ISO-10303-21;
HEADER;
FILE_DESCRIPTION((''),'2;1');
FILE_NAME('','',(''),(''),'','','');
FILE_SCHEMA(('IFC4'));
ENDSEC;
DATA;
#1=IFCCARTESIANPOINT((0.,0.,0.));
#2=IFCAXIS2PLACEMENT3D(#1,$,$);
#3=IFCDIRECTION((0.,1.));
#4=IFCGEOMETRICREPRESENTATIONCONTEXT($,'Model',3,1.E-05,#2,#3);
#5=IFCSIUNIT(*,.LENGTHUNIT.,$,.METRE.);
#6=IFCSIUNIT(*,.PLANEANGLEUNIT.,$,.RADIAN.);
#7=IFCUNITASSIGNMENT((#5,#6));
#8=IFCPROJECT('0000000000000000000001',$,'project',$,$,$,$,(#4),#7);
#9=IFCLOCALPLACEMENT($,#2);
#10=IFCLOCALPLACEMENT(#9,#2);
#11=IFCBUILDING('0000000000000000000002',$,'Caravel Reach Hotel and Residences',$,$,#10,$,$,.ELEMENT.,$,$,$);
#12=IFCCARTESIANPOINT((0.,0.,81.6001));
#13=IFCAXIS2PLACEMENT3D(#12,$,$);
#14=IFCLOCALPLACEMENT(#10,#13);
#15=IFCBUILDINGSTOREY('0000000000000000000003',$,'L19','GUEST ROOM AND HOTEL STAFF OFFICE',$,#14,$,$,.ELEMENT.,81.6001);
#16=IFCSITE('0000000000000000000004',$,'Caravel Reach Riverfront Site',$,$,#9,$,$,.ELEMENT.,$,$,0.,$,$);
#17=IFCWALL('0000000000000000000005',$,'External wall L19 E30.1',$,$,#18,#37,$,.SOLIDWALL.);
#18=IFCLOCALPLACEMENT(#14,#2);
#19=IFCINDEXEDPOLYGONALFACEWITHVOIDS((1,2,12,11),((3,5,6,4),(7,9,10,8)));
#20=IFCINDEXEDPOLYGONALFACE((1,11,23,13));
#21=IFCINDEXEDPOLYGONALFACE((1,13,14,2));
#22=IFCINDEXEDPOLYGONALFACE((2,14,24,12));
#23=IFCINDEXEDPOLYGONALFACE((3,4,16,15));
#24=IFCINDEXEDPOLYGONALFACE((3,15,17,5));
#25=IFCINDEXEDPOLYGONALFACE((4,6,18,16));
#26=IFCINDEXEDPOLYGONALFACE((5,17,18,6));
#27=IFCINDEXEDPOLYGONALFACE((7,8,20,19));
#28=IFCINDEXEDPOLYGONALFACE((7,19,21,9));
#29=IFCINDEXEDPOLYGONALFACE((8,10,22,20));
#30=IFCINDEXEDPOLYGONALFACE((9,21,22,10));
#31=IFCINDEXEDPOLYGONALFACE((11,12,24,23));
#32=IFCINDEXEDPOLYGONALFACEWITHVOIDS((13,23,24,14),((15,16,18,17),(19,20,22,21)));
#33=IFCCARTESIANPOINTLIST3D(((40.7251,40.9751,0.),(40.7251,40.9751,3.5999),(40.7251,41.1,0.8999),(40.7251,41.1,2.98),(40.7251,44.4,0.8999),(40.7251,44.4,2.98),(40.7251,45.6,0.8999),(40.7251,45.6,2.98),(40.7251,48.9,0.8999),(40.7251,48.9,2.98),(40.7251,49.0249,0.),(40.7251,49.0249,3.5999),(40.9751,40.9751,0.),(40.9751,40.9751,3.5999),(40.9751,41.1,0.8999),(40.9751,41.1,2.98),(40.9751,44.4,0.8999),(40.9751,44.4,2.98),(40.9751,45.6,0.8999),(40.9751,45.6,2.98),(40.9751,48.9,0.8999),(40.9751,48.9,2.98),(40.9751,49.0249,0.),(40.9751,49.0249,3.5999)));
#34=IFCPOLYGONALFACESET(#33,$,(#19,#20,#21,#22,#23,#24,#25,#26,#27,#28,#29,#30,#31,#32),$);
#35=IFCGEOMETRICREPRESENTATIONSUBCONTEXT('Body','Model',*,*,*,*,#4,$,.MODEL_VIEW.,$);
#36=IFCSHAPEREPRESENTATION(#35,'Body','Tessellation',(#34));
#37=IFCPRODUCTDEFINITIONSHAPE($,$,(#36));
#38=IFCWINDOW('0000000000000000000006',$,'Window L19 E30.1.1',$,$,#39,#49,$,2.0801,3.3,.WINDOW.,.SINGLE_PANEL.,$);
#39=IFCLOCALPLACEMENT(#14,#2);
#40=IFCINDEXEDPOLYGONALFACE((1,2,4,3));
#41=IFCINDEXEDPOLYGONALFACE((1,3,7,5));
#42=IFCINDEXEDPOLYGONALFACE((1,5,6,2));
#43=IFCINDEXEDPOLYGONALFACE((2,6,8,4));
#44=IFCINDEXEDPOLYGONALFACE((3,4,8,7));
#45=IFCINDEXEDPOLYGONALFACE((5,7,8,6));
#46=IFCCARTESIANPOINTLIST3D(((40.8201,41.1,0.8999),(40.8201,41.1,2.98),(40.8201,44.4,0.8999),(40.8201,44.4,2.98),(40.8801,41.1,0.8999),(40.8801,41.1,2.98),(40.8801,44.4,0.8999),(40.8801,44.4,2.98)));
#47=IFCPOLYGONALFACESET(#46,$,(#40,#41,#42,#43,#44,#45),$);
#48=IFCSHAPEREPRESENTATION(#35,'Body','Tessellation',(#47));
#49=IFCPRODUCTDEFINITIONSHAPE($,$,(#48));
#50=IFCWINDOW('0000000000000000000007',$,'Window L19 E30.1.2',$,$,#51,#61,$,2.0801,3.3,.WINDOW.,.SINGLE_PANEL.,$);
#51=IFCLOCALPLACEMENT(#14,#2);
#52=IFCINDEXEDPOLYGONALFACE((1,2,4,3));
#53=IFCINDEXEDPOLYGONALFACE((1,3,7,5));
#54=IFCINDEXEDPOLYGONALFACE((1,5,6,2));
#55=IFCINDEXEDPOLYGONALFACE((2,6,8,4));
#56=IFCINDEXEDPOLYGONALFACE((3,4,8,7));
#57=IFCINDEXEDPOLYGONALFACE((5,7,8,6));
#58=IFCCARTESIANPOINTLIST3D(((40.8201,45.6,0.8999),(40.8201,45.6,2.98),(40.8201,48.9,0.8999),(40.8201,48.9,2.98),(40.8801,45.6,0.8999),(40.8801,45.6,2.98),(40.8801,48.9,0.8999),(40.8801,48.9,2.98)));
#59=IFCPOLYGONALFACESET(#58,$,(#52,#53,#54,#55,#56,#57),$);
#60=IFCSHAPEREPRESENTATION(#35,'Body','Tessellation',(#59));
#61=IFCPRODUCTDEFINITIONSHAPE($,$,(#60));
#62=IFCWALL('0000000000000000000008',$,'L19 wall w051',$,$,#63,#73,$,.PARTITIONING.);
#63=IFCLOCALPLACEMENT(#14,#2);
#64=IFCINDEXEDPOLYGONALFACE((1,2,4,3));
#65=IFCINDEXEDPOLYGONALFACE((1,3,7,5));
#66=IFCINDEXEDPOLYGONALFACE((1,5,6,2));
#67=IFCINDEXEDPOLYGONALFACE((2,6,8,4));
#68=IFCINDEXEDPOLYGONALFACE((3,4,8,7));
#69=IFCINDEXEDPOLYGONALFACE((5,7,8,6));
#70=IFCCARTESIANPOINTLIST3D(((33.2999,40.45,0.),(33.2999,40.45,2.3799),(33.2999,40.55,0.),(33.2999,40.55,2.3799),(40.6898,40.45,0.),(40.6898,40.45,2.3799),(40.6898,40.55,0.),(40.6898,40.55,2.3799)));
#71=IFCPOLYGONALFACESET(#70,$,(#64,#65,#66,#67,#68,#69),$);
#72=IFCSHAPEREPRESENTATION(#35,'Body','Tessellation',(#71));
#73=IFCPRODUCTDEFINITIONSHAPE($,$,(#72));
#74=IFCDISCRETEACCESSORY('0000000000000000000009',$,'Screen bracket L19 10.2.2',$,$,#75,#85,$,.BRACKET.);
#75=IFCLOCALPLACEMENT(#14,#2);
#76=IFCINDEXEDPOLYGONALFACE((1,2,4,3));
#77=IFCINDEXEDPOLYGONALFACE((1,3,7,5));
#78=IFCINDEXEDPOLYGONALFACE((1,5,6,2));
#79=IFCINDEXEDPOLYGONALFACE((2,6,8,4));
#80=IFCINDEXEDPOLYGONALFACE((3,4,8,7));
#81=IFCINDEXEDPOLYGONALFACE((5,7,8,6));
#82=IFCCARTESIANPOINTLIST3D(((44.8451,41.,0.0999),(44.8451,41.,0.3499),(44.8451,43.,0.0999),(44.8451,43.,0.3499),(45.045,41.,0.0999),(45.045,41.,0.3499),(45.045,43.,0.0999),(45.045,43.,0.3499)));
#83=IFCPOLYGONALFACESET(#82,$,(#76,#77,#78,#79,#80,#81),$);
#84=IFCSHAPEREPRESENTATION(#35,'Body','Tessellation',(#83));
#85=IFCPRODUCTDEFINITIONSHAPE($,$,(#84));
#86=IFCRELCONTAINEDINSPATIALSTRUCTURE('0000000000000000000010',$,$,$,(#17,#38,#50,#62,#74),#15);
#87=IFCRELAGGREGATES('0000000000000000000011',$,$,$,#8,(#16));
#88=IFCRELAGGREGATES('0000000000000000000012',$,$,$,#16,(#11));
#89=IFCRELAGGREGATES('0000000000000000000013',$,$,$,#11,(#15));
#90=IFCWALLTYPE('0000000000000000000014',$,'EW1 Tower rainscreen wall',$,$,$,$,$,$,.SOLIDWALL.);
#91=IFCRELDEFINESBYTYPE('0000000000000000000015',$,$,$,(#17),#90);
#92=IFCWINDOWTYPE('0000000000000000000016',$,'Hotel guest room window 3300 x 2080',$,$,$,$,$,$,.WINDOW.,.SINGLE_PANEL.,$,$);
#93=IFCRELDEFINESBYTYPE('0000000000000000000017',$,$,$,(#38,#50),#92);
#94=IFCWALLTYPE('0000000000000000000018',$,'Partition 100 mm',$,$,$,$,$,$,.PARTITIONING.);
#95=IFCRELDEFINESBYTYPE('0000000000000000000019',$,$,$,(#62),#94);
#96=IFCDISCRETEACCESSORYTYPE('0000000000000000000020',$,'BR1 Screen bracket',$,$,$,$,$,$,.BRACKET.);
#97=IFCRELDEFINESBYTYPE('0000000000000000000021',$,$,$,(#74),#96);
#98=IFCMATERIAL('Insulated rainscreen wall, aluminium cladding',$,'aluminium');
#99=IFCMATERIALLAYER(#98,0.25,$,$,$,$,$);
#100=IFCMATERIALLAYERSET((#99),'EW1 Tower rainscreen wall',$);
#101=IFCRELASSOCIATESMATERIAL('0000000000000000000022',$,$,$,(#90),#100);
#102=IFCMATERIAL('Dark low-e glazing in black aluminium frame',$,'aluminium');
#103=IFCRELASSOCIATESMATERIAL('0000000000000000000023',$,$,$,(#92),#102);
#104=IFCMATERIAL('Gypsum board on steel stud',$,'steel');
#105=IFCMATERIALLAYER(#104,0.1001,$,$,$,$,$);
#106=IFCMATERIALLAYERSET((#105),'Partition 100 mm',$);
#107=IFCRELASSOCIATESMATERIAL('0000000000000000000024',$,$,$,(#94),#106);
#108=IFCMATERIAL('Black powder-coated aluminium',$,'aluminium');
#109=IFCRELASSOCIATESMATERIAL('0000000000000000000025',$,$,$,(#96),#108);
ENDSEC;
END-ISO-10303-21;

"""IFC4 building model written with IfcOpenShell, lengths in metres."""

from ifc_helpers import new_model, si_unit, direction, frame, frame_2d, origin, origin_2d, place, context, subcontext, project, spatial, rectangle, extrude, material, layer, layer_set, type_object, element, fill, save


model = new_model("IFC4")

# Units and contexts
model_context = context("Model", 3, precision=1e-05, world=origin(), true_north=direction((0.0, 1.0)))
body_context = subcontext(model_context, "Body", "Model", "MODEL_VIEW")
ifc_project = project(units=[si_unit("LENGTHUNIT", "METRE"), si_unit("PLANEANGLEUNIT", "RADIAN")], contexts=[model_context])

# Site, building, storey
site_placement = place(None, origin())
site = spatial("IfcSite", under=ifc_project, at=site_placement, Name="Caravel Reach Riverfront Site", CompositionType="ELEMENT", RefElevation=0.0)
building_placement = place(site_placement, origin())
building = spatial("IfcBuilding", under=site, at=building_placement, Name="Caravel Reach Hotel and Residences", CompositionType="ELEMENT")
storey_placement = place(building_placement, frame((0.0, 0.0, 81.6001)))
storey = spatial("IfcBuildingStorey", under=building, at=storey_placement, Name="L19", Description="GUEST ROOM AND HOTEL STAFF OFFICE", CompositionType="ELEMENT", Elevation=81.6001)

# Shared definitions
ifc_material_1 = material(Name="Insulated rainscreen wall, aluminium cladding", Category="aluminium")
ifc_layer_1 = layer(ifc_material_1, 0.25)
ifc_layer_set_1 = layer_set([ifc_layer_1], Name="EW1 Tower rainscreen wall")
wall_type_1 = type_object("IfcWallType", Name="EW1 Tower rainscreen wall", PredefinedType="SOLIDWALL", material=ifc_layer_set_1)
ifc_material_2 = material(Name="Dark low-e glazing in black aluminium frame", Category="aluminium")
window_type = type_object("IfcWindowType", Name="Hotel guest room window 3300 x 2080", PartitioningType="SINGLE_PANEL", PredefinedType="WINDOW", material=ifc_material_2)

# Wall, openings, windows
wall_1_placement = place(storey_placement, frame((40.8501, 40.9751, 0.0), z_axis=(0.0, 0.0, 1.0), x_axis=(0.0, 1.0, 0.0)))
wall_1 = element("IfcWall", 1, at=wall_1_placement, inside=storey, type_object=wall_type_1, Name="External wall L19 E30.1", PredefinedType="SOLIDWALL", context=body_context, shape_type="SweptSolid", body=[
    extrude(rectangle(XDim=8.0498, YDim=0.25, at=frame_2d((4.0249, 0.0))), origin(), (0.0, 0.0, 1.0), 3.5999),
])
opening_1_placement = place(wall_1_placement, frame((0.125, 0.0, 0.8999)))
opening_1 = element("IfcOpeningElement", 2, at=opening_1_placement, cuts=wall_1, PredefinedType="OPENING", context=body_context, shape_type="SweptSolid", body=[
    extrude(rectangle(XDim=3.3, YDim=2.0801, at=frame_2d((1.6499, 1.04))), frame((0.0, 0.135, 0.0), z_axis=(0.0, -1.0, 0.0), x_axis=(1.0, 0.0, 0.0)), (0.0, 0.0, 1.0), 0.27),
])
opening_2_placement = place(wall_1_placement, frame((4.625, 0.0, 0.8999)))
opening_2 = element("IfcOpeningElement", 3, at=opening_2_placement, cuts=wall_1, PredefinedType="OPENING", context=body_context, shape_type="SweptSolid", body=[
    extrude(rectangle(XDim=3.3, YDim=2.0801, at=frame_2d((1.6499, 1.04))), frame((0.0, 0.135, 0.0), z_axis=(0.0, -1.0, 0.0), x_axis=(1.0, 0.0, 0.0)), (0.0, 0.0, 1.0), 0.27),
])
window_1_placement = place(opening_1_placement, origin())
window_1 = element("IfcWindow", 4, at=window_1_placement, inside=storey, type_object=window_type, Name="Window L19 E30.1.1", OverallHeight=2.0801, OverallWidth=3.3, PartitioningType="SINGLE_PANEL", PredefinedType="WINDOW", context=body_context, shape_type="SweptSolid", body=[
    extrude(rectangle(XDim=3.3, YDim=2.0801, at=frame_2d((1.6499, 1.04))), frame((0.0, 0.03, 0.0), z_axis=(0.0, -1.0, 0.0), x_axis=(1.0, 0.0, 0.0)), (0.0, 0.0, 1.0), 0.0601),
])
fill(opening_1, window_1)
window_2_placement = place(opening_2_placement, origin())
window_2 = element("IfcWindow", 5, at=window_2_placement, inside=storey, type_object=window_type, Name="Window L19 E30.1.2", OverallHeight=2.0801, OverallWidth=3.3, PartitioningType="SINGLE_PANEL", PredefinedType="WINDOW", context=body_context, shape_type="SweptSolid", body=[
    extrude(rectangle(XDim=3.3, YDim=2.0801, at=frame_2d((1.6499, 1.04))), frame((0.0, 0.03, 0.0), z_axis=(0.0, -1.0, 0.0), x_axis=(1.0, 0.0, 0.0)), (0.0, 0.0, 1.0), 0.0601),
])
fill(opening_2, window_2)

# Wall
ifc_material_3 = material(Name="Gypsum board on steel stud", Category="steel")
ifc_layer_2 = layer(ifc_material_3, 0.1001)
ifc_layer_set_2 = layer_set([ifc_layer_2], Name="Partition 100 mm")
wall_type_2 = type_object("IfcWallType", Name="Partition 100 mm", PredefinedType="PARTITIONING", material=ifc_layer_set_2)
wall_2_placement = place(storey_placement, frame((33.3, 40.5, 0.0), z_axis=(0.0, 0.0, 1.0), x_axis=(1.0, 0.0, 0.0)))
element("IfcWall", 6, at=wall_2_placement, inside=storey, type_object=wall_type_2, Name="L19 wall w051", PredefinedType="PARTITIONING", context=body_context, shape_type="SweptSolid", body=[
    extrude(rectangle(XDim=7.3899, YDim=0.1001, at=frame_2d((3.6948, 0.0))), origin(), (0.0, 0.0, 1.0), 2.3799),
])

# Discrete accessory
ifc_material_4 = material(Name="Black powder-coated aluminium", Category="aluminium")
discrete_accessory_type = type_object("IfcDiscreteAccessoryType", Name="BR1 Screen bracket", PredefinedType="BRACKET", material=ifc_material_4)
discrete_accessory_placement = place(storey_placement, frame((44.9451, 42.0, 0.0999), z_axis=(0.0, 0.0, 1.0), x_axis=(0.0, 1.0, 0.0)))
element("IfcDiscreteAccessory", 7, at=discrete_accessory_placement, inside=storey, type_object=discrete_accessory_type, Name="Screen bracket L19 10.2.2", PredefinedType="BRACKET", context=body_context, shape_type="SweptSolid", body=[
    extrude(rectangle(XDim=2.0, YDim=0.2, at=origin_2d()), origin(), (0.0, 0.0, 1.0), 0.25),
])

save(model, "model.ifc")
